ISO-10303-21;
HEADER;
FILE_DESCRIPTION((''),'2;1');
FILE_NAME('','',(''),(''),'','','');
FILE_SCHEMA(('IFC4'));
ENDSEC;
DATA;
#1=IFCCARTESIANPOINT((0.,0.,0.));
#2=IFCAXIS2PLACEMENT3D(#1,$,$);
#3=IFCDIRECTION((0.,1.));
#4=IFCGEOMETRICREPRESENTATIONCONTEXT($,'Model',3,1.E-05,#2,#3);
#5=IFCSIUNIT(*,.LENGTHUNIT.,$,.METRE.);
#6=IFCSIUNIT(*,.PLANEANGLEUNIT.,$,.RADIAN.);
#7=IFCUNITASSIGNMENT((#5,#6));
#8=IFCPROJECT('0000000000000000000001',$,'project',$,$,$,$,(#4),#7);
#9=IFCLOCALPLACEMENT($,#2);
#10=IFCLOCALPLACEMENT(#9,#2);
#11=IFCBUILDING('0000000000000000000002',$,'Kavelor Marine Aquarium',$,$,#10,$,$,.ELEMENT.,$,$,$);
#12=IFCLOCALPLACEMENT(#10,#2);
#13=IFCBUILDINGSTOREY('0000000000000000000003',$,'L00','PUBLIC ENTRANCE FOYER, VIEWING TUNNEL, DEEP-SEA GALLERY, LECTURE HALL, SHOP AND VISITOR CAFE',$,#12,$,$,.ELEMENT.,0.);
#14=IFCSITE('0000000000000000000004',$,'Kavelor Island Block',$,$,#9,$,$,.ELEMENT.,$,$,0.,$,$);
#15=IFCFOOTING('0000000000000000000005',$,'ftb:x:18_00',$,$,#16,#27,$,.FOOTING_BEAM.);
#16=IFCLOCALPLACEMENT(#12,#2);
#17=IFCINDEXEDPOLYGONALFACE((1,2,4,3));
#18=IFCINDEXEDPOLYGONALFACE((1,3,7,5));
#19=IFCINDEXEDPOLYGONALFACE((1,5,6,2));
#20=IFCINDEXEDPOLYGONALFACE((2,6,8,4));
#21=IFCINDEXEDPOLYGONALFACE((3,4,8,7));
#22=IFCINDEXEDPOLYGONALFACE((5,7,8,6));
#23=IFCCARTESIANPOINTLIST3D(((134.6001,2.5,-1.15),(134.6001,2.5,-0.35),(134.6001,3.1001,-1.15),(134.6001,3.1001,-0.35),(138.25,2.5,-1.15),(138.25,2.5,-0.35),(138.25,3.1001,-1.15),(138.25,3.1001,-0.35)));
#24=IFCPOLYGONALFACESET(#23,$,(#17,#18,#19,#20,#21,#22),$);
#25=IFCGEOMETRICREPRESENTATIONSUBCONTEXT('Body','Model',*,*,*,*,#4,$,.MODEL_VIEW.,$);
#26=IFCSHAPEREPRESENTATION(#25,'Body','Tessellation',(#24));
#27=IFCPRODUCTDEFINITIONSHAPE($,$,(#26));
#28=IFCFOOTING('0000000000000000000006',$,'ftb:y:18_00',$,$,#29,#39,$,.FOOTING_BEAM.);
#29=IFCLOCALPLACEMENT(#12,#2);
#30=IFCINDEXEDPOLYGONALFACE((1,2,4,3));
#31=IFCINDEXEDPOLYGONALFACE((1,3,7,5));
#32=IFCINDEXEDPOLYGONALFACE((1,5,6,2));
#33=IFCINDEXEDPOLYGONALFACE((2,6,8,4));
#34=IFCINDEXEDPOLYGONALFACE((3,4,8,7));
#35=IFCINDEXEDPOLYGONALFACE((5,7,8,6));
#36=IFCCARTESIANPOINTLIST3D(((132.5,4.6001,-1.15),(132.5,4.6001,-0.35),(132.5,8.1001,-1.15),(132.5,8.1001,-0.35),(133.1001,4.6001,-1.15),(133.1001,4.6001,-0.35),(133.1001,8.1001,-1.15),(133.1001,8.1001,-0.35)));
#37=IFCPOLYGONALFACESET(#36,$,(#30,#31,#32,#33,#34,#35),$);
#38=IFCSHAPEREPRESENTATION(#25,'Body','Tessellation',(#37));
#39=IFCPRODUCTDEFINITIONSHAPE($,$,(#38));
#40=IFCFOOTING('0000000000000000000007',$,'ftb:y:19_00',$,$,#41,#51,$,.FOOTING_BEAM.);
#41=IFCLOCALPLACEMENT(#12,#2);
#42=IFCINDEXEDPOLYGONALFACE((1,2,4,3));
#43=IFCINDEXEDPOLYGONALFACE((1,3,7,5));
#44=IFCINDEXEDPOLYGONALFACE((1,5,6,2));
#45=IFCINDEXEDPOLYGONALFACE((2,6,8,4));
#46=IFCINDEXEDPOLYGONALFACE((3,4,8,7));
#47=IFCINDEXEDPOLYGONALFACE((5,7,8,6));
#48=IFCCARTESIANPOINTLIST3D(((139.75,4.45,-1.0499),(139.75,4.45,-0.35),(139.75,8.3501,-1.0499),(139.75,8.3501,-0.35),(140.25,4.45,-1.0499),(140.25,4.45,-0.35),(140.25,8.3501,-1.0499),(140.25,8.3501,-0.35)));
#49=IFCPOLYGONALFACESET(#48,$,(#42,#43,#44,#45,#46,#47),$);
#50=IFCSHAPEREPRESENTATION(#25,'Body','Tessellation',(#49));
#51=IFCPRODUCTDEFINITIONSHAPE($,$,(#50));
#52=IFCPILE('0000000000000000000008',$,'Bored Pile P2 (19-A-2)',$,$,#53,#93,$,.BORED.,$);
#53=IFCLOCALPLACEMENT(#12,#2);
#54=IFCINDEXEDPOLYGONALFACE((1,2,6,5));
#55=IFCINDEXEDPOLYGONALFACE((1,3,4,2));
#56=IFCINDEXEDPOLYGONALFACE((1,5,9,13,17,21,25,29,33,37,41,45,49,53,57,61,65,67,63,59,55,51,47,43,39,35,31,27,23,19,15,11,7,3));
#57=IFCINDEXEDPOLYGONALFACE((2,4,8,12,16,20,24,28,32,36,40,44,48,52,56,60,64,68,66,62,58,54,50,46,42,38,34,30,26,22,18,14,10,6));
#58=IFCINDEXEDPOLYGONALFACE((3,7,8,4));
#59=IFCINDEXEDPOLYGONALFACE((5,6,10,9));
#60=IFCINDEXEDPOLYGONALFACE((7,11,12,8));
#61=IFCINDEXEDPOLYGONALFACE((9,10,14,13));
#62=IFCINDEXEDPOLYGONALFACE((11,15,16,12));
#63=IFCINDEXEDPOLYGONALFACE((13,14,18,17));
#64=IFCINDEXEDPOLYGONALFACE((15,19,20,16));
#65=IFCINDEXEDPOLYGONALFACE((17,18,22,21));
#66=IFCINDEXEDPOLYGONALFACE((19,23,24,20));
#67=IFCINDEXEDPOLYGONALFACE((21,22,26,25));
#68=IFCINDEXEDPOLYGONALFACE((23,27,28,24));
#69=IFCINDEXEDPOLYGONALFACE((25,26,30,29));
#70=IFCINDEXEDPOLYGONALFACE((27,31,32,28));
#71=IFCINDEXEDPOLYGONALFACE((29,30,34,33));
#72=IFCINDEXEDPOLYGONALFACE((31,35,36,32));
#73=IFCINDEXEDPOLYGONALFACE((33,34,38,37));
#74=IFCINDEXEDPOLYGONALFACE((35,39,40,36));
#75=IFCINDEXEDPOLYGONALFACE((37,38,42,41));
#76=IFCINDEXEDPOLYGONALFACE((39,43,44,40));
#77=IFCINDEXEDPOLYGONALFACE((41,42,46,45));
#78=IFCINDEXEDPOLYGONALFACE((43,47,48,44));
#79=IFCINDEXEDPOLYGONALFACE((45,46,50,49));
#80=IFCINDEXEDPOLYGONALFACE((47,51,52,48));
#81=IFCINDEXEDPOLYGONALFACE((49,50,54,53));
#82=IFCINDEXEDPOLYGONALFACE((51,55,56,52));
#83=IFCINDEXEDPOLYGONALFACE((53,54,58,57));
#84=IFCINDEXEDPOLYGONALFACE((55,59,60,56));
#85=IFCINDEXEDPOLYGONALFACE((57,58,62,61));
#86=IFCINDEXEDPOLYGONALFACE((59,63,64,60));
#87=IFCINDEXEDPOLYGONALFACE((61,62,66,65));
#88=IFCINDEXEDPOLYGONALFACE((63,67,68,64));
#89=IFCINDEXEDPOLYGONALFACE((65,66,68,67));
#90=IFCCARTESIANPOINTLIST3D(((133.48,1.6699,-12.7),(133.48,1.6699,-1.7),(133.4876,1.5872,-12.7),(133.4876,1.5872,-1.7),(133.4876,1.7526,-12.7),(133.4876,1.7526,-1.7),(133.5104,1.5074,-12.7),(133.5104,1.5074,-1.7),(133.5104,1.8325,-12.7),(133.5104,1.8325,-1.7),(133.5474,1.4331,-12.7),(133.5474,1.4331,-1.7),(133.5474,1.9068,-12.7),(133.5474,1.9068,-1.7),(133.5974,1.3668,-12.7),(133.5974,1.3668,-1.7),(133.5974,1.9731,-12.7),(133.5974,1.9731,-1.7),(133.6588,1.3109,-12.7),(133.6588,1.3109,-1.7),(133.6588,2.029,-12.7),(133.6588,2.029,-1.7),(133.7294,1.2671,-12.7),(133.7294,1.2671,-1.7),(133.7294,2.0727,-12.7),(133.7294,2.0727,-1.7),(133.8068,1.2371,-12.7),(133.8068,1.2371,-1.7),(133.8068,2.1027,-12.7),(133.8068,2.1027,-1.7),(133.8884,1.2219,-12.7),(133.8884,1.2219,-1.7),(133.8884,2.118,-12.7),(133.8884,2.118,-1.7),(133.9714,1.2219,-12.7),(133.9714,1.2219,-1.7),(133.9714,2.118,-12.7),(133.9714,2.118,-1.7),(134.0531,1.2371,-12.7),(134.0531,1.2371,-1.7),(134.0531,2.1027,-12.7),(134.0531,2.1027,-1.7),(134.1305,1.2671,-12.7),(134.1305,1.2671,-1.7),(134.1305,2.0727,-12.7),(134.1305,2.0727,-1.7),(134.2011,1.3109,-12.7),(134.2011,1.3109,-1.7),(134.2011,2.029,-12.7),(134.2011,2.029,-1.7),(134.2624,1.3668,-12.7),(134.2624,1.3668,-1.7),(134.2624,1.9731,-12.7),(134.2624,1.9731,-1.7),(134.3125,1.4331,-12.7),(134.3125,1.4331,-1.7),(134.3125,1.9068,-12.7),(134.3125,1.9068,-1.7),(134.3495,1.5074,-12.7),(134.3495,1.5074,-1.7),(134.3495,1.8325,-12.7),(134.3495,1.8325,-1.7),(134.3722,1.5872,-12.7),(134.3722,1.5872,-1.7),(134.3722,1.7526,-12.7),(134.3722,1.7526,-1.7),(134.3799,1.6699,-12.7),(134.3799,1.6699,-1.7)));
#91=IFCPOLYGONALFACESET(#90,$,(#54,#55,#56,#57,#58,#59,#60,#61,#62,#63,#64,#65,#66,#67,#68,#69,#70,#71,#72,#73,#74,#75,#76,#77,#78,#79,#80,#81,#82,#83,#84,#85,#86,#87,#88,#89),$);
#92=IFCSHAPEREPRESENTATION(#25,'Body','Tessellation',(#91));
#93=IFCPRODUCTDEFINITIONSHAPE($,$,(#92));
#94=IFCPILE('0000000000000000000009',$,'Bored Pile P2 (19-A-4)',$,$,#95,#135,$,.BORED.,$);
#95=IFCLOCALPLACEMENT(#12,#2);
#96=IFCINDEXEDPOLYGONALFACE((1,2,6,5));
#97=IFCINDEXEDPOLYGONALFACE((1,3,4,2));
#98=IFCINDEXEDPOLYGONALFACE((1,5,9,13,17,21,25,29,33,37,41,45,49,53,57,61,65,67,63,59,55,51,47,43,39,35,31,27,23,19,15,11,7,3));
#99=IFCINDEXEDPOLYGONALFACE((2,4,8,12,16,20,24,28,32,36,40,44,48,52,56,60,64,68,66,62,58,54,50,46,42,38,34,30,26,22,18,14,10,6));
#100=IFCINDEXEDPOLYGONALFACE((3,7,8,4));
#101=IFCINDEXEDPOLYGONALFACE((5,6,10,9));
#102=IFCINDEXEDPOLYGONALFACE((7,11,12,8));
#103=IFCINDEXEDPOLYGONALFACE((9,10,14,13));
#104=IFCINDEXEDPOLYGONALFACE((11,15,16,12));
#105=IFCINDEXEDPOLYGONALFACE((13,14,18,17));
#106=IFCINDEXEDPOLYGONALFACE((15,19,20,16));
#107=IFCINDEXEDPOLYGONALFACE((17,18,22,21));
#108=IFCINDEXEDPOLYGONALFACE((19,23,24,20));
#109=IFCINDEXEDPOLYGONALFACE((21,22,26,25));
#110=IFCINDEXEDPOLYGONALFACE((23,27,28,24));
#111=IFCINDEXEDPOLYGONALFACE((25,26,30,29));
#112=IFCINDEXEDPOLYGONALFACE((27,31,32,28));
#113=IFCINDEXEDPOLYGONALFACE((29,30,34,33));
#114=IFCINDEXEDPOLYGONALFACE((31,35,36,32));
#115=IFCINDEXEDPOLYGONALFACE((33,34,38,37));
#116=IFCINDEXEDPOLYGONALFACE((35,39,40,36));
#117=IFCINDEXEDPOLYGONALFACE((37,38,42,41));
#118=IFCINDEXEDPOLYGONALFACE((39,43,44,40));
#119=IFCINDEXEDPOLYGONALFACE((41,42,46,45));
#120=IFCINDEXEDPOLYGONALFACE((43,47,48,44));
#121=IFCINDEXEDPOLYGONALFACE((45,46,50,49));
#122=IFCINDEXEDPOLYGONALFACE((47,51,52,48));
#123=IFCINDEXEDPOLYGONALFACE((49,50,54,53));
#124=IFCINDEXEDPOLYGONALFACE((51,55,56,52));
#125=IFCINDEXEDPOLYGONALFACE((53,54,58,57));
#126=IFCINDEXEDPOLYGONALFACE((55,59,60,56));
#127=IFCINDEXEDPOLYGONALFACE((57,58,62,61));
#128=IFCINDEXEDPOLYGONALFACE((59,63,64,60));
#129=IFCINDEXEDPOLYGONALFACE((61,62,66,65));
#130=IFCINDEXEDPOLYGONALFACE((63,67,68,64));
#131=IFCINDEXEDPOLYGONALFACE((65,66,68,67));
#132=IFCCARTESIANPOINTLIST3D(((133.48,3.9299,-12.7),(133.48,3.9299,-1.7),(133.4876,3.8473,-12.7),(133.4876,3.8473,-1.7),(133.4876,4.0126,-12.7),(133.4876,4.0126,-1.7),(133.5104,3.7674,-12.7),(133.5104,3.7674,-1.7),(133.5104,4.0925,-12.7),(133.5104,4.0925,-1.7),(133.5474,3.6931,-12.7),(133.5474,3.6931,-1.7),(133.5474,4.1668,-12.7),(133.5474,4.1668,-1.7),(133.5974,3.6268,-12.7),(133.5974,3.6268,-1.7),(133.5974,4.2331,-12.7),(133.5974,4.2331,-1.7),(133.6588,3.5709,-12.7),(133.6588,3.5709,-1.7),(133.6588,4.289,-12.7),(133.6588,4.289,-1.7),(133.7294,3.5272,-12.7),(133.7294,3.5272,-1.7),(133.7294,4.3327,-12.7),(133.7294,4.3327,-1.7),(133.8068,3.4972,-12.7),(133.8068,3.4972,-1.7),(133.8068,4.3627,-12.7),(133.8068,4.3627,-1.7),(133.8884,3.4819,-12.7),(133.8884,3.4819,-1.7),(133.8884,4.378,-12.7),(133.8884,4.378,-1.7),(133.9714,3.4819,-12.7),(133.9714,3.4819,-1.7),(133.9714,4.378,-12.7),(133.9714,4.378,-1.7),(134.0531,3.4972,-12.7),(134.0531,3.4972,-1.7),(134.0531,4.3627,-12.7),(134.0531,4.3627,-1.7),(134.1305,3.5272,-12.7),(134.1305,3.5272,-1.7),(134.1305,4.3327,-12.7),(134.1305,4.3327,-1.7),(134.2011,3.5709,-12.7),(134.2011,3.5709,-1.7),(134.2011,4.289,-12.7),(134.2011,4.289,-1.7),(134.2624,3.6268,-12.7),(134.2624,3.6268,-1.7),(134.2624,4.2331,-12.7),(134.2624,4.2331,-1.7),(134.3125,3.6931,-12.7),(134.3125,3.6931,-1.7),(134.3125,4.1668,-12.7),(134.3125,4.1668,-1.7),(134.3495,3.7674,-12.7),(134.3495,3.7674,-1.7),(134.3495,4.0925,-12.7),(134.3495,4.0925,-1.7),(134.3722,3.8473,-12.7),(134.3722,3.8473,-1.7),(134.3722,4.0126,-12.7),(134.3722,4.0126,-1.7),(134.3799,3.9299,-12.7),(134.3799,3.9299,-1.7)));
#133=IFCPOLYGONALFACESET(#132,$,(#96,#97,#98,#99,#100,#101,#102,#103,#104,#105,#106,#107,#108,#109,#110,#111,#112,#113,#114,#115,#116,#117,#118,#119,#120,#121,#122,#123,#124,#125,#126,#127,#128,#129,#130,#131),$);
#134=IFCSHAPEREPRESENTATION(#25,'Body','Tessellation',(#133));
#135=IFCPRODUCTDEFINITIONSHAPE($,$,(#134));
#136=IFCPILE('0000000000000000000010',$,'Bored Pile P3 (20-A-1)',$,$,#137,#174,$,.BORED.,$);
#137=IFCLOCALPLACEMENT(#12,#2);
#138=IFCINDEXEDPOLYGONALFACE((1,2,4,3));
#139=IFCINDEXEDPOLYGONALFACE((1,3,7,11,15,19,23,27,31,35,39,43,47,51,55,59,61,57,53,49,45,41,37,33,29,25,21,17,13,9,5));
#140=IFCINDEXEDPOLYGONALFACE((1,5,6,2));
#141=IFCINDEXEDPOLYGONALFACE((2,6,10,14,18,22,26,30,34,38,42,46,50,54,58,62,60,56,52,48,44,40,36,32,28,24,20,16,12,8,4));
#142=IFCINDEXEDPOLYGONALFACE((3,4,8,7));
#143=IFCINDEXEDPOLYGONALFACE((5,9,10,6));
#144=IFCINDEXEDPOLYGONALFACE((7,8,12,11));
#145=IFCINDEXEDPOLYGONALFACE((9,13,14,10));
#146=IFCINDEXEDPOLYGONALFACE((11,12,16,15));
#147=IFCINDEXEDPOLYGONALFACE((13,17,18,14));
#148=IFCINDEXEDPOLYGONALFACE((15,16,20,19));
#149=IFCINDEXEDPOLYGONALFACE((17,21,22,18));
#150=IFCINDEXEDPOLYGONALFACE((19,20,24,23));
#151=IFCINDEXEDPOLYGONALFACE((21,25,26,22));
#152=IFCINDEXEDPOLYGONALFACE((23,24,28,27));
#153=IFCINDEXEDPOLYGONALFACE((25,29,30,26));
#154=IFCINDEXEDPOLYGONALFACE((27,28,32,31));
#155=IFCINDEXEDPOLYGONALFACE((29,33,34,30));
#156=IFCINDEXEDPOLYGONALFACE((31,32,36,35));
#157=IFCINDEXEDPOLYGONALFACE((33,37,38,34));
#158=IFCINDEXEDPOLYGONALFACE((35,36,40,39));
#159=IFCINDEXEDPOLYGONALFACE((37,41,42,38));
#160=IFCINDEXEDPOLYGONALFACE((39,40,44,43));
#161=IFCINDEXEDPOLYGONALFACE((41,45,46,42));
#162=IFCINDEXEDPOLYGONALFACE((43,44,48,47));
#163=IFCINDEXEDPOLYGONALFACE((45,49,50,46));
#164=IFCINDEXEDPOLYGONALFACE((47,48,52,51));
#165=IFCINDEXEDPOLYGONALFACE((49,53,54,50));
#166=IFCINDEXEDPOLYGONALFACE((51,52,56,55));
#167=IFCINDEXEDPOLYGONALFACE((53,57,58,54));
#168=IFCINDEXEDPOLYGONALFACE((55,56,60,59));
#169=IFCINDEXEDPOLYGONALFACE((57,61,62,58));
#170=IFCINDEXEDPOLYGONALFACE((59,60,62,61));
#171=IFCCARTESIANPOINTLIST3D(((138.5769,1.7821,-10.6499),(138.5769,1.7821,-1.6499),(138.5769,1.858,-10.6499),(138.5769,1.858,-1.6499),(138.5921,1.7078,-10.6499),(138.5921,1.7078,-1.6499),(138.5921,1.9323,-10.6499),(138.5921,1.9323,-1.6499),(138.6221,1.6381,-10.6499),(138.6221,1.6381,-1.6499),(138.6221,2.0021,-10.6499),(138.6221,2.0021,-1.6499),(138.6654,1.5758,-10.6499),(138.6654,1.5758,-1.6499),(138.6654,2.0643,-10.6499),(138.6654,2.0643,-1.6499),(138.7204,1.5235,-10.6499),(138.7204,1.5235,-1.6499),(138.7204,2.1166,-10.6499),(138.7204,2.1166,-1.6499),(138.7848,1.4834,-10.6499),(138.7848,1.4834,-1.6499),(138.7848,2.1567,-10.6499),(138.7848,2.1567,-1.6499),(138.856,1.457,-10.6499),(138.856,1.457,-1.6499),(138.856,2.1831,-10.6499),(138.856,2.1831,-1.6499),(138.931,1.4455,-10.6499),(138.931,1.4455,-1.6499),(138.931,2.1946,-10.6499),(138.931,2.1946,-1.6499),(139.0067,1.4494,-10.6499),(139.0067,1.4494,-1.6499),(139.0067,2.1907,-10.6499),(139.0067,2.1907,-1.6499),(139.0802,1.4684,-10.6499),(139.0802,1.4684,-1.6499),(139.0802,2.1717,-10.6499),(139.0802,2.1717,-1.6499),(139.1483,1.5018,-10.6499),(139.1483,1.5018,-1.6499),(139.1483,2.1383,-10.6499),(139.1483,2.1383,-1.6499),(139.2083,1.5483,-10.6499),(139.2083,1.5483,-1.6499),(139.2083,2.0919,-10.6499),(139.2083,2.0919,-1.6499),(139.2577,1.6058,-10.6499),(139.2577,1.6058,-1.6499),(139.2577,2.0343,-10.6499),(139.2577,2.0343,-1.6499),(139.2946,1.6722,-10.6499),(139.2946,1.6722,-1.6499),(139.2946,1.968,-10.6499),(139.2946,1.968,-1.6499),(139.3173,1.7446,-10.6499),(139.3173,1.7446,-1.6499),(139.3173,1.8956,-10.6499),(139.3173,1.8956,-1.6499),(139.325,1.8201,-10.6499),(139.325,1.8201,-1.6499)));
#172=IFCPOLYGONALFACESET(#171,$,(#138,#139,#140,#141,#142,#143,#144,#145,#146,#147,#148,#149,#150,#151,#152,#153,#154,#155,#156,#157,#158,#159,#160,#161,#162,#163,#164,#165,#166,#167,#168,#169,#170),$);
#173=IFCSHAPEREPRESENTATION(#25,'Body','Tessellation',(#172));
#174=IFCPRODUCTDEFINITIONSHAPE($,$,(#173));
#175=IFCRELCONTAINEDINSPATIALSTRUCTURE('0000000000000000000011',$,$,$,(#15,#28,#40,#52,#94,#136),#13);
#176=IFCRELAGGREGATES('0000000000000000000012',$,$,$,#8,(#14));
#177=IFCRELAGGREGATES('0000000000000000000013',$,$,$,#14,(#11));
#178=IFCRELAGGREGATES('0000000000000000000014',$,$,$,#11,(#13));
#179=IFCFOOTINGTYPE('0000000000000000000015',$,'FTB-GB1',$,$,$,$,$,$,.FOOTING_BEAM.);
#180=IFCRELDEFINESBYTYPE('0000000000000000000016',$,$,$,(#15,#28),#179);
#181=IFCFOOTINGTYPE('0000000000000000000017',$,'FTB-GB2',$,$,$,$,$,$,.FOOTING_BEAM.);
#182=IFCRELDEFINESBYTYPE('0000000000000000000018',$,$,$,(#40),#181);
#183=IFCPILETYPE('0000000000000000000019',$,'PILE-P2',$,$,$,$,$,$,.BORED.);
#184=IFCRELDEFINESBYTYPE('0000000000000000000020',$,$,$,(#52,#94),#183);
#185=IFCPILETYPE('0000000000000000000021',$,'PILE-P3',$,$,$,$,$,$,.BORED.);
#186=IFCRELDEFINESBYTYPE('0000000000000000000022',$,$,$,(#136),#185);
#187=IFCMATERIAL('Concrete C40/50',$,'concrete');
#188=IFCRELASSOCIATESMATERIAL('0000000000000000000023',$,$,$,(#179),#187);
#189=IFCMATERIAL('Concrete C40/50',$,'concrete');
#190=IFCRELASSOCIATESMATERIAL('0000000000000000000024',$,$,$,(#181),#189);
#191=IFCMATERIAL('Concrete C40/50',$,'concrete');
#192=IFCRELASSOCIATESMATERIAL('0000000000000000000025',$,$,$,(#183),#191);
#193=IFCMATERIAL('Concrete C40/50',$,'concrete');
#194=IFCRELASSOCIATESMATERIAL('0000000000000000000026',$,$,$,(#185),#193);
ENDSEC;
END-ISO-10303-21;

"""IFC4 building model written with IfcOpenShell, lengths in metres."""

from ifc_helpers import new_model, si_unit, direction, frame, origin, origin_2d, place, context, subcontext, project, spatial, rectangle, circle, extrude, material, material_profile, profile_set, type_object, element, save


model = new_model("IFC4")

# Units and contexts
model_context = context("Model", 3, precision=1e-05, world=origin(), true_north=direction((0.0, 1.0)))
body_context = subcontext(model_context, "Body", "Model", "MODEL_VIEW")
ifc_project = project(units=[si_unit("LENGTHUNIT", "METRE"), si_unit("PLANEANGLEUNIT", "RADIAN")], contexts=[model_context])

# Site, building, storey
site_placement = place(None, origin())
site = spatial("IfcSite", under=ifc_project, at=site_placement, Name="Kavelor Island Block", CompositionType="ELEMENT", RefElevation=0.0)
building_placement = place(site_placement, origin())
building = spatial("IfcBuilding", under=site, at=building_placement, Name="Kavelor Marine Aquarium", CompositionType="ELEMENT")
storey_placement = place(building_placement, origin())
storey = spatial("IfcBuildingStorey", under=building, at=storey_placement, Name="L00", Description="PUBLIC ENTRANCE FOYER, VIEWING TUNNEL, DEEP-SEA GALLERY, LECTURE HALL, SHOP AND VISITOR CAFE", CompositionType="ELEMENT", Elevation=0.0)

# Footings
ifc_material_1 = material(Name="Concrete C40/50", Category="concrete")
ifc_material_profile_1 = material_profile(ifc_material_1, rectangle(XDim=0.6001, YDim=0.8, at=origin_2d()), Name="GB 600x800")
ifc_profile_set_1 = profile_set([ifc_material_profile_1], Name="Concrete C40/50")
footing_type_1 = type_object("IfcFootingType", Name="FTB-GB1", PredefinedType="FOOTING_BEAM", material=ifc_profile_set_1)
footing_1_placement = place(storey_placement, frame((134.6001, 2.8, -0.75), z_axis=(1.0, 0.0, 0.0), x_axis=(0.0, 1.0, 0.0)))
element("IfcFooting", 1, at=footing_1_placement, inside=storey, type_object=footing_type_1, Name="ftb:x:18_00", PredefinedType="FOOTING_BEAM", context=body_context, shape_type="SweptSolid", body=[
    extrude(rectangle(XDim=0.6001, YDim=0.8, at=origin_2d()), origin(), (0.0, 0.0, 1.0), 3.6499),
])
footing_2_placement = place(storey_placement, frame((132.8, 4.6001, -0.75), z_axis=(0.0, 1.0, 0.0), x_axis=(-1.0, 0.0, 0.0)))
element("IfcFooting", 2, at=footing_2_placement, inside=storey, type_object=footing_type_1, Name="ftb:y:18_00", PredefinedType="FOOTING_BEAM", context=body_context, shape_type="SweptSolid", body=[
    extrude(rectangle(XDim=0.6001, YDim=0.8, at=origin_2d()), origin(), (0.0, 0.0, 1.0), 3.5),
])
ifc_material_2 = material(Name="Concrete C40/50", Category="concrete")
ifc_material_profile_2 = material_profile(ifc_material_2, rectangle(XDim=0.5, YDim=0.7, at=origin_2d()), Name="GB 500x700")
ifc_profile_set_2 = profile_set([ifc_material_profile_2], Name="Concrete C40/50")
footing_type_2 = type_object("IfcFootingType", Name="FTB-GB2", PredefinedType="FOOTING_BEAM", material=ifc_profile_set_2)
footing_3_placement = place(storey_placement, frame((140.0, 4.45, -0.7), z_axis=(0.0, 1.0, 0.0), x_axis=(-1.0, 0.0, 0.0)))
element("IfcFooting", 3, at=footing_3_placement, inside=storey, type_object=footing_type_2, Name="ftb:y:19_00", PredefinedType="FOOTING_BEAM", context=body_context, shape_type="SweptSolid", body=[
    extrude(rectangle(XDim=0.5, YDim=0.7, at=origin_2d()), origin(), (0.0, 0.0, 1.0), 3.9001),
])

# Piles
ifc_material_3 = material(Name="Concrete C40/50", Category="concrete")
ifc_material_profile_3 = material_profile(ifc_material_3, circle(Radius=0.45, at=origin_2d()), Name="PILE D900")
ifc_profile_set_3 = profile_set([ifc_material_profile_3], Name="Concrete C40/50")
pile_type_1 = type_object("IfcPileType", Name="PILE-P2", PredefinedType="BORED", material=ifc_profile_set_3)
for number, where, z_axis, x_axis, name in (
    (4, (133.9299, 1.6699, -1.7), (0.0, 0.0, -1.0), (1.0, 0.0, 0.0), "Bored Pile P2 (19-A-2)"),
    (5, (133.9299, 3.9299, -1.7), (0.0, 0.0, -1.0), (1.0, 0.0, 0.0), "Bored Pile P2 (19-A-4)"),
):
    element("IfcPile", number, at=place(storey_placement, frame(where, z_axis=z_axis, x_axis=x_axis)), inside=storey, type_object=pile_type_1, Name=name, PredefinedType="BORED", context=body_context, shape_type="SweptSolid", body=[
        extrude(circle(Radius=0.45, at=origin_2d()), origin(), (0.0, 0.0, 1.0), 11.0),
    ])
ifc_material_4 = material(Name="Concrete C40/50", Category="concrete")
ifc_material_profile_4 = material_profile(ifc_material_4, circle(Radius=0.375, at=origin_2d()), Name="PILE D750")
ifc_profile_set_4 = profile_set([ifc_material_profile_4], Name="Concrete C40/50")
pile_type_2 = type_object("IfcPileType", Name="PILE-P3", PredefinedType="BORED", material=ifc_profile_set_4)
for number, where, z_axis, x_axis, name in (
    (6, (138.95, 1.8201, -1.6499), (0.0, 0.0, -1.0), (1.0, 0.0, 0.0), "Bored Pile P3 (20-A-1)"),
):
    element("IfcPile", number, at=place(storey_placement, frame(where, z_axis=z_axis, x_axis=x_axis)), inside=storey, type_object=pile_type_2, Name=name, PredefinedType="BORED", context=body_context, shape_type="SweptSolid", body=[
        extrude(circle(Radius=0.375, at=origin_2d()), origin(), (0.0, 0.0, 1.0), 9.0),
    ])

save(model, "model.ifc")
